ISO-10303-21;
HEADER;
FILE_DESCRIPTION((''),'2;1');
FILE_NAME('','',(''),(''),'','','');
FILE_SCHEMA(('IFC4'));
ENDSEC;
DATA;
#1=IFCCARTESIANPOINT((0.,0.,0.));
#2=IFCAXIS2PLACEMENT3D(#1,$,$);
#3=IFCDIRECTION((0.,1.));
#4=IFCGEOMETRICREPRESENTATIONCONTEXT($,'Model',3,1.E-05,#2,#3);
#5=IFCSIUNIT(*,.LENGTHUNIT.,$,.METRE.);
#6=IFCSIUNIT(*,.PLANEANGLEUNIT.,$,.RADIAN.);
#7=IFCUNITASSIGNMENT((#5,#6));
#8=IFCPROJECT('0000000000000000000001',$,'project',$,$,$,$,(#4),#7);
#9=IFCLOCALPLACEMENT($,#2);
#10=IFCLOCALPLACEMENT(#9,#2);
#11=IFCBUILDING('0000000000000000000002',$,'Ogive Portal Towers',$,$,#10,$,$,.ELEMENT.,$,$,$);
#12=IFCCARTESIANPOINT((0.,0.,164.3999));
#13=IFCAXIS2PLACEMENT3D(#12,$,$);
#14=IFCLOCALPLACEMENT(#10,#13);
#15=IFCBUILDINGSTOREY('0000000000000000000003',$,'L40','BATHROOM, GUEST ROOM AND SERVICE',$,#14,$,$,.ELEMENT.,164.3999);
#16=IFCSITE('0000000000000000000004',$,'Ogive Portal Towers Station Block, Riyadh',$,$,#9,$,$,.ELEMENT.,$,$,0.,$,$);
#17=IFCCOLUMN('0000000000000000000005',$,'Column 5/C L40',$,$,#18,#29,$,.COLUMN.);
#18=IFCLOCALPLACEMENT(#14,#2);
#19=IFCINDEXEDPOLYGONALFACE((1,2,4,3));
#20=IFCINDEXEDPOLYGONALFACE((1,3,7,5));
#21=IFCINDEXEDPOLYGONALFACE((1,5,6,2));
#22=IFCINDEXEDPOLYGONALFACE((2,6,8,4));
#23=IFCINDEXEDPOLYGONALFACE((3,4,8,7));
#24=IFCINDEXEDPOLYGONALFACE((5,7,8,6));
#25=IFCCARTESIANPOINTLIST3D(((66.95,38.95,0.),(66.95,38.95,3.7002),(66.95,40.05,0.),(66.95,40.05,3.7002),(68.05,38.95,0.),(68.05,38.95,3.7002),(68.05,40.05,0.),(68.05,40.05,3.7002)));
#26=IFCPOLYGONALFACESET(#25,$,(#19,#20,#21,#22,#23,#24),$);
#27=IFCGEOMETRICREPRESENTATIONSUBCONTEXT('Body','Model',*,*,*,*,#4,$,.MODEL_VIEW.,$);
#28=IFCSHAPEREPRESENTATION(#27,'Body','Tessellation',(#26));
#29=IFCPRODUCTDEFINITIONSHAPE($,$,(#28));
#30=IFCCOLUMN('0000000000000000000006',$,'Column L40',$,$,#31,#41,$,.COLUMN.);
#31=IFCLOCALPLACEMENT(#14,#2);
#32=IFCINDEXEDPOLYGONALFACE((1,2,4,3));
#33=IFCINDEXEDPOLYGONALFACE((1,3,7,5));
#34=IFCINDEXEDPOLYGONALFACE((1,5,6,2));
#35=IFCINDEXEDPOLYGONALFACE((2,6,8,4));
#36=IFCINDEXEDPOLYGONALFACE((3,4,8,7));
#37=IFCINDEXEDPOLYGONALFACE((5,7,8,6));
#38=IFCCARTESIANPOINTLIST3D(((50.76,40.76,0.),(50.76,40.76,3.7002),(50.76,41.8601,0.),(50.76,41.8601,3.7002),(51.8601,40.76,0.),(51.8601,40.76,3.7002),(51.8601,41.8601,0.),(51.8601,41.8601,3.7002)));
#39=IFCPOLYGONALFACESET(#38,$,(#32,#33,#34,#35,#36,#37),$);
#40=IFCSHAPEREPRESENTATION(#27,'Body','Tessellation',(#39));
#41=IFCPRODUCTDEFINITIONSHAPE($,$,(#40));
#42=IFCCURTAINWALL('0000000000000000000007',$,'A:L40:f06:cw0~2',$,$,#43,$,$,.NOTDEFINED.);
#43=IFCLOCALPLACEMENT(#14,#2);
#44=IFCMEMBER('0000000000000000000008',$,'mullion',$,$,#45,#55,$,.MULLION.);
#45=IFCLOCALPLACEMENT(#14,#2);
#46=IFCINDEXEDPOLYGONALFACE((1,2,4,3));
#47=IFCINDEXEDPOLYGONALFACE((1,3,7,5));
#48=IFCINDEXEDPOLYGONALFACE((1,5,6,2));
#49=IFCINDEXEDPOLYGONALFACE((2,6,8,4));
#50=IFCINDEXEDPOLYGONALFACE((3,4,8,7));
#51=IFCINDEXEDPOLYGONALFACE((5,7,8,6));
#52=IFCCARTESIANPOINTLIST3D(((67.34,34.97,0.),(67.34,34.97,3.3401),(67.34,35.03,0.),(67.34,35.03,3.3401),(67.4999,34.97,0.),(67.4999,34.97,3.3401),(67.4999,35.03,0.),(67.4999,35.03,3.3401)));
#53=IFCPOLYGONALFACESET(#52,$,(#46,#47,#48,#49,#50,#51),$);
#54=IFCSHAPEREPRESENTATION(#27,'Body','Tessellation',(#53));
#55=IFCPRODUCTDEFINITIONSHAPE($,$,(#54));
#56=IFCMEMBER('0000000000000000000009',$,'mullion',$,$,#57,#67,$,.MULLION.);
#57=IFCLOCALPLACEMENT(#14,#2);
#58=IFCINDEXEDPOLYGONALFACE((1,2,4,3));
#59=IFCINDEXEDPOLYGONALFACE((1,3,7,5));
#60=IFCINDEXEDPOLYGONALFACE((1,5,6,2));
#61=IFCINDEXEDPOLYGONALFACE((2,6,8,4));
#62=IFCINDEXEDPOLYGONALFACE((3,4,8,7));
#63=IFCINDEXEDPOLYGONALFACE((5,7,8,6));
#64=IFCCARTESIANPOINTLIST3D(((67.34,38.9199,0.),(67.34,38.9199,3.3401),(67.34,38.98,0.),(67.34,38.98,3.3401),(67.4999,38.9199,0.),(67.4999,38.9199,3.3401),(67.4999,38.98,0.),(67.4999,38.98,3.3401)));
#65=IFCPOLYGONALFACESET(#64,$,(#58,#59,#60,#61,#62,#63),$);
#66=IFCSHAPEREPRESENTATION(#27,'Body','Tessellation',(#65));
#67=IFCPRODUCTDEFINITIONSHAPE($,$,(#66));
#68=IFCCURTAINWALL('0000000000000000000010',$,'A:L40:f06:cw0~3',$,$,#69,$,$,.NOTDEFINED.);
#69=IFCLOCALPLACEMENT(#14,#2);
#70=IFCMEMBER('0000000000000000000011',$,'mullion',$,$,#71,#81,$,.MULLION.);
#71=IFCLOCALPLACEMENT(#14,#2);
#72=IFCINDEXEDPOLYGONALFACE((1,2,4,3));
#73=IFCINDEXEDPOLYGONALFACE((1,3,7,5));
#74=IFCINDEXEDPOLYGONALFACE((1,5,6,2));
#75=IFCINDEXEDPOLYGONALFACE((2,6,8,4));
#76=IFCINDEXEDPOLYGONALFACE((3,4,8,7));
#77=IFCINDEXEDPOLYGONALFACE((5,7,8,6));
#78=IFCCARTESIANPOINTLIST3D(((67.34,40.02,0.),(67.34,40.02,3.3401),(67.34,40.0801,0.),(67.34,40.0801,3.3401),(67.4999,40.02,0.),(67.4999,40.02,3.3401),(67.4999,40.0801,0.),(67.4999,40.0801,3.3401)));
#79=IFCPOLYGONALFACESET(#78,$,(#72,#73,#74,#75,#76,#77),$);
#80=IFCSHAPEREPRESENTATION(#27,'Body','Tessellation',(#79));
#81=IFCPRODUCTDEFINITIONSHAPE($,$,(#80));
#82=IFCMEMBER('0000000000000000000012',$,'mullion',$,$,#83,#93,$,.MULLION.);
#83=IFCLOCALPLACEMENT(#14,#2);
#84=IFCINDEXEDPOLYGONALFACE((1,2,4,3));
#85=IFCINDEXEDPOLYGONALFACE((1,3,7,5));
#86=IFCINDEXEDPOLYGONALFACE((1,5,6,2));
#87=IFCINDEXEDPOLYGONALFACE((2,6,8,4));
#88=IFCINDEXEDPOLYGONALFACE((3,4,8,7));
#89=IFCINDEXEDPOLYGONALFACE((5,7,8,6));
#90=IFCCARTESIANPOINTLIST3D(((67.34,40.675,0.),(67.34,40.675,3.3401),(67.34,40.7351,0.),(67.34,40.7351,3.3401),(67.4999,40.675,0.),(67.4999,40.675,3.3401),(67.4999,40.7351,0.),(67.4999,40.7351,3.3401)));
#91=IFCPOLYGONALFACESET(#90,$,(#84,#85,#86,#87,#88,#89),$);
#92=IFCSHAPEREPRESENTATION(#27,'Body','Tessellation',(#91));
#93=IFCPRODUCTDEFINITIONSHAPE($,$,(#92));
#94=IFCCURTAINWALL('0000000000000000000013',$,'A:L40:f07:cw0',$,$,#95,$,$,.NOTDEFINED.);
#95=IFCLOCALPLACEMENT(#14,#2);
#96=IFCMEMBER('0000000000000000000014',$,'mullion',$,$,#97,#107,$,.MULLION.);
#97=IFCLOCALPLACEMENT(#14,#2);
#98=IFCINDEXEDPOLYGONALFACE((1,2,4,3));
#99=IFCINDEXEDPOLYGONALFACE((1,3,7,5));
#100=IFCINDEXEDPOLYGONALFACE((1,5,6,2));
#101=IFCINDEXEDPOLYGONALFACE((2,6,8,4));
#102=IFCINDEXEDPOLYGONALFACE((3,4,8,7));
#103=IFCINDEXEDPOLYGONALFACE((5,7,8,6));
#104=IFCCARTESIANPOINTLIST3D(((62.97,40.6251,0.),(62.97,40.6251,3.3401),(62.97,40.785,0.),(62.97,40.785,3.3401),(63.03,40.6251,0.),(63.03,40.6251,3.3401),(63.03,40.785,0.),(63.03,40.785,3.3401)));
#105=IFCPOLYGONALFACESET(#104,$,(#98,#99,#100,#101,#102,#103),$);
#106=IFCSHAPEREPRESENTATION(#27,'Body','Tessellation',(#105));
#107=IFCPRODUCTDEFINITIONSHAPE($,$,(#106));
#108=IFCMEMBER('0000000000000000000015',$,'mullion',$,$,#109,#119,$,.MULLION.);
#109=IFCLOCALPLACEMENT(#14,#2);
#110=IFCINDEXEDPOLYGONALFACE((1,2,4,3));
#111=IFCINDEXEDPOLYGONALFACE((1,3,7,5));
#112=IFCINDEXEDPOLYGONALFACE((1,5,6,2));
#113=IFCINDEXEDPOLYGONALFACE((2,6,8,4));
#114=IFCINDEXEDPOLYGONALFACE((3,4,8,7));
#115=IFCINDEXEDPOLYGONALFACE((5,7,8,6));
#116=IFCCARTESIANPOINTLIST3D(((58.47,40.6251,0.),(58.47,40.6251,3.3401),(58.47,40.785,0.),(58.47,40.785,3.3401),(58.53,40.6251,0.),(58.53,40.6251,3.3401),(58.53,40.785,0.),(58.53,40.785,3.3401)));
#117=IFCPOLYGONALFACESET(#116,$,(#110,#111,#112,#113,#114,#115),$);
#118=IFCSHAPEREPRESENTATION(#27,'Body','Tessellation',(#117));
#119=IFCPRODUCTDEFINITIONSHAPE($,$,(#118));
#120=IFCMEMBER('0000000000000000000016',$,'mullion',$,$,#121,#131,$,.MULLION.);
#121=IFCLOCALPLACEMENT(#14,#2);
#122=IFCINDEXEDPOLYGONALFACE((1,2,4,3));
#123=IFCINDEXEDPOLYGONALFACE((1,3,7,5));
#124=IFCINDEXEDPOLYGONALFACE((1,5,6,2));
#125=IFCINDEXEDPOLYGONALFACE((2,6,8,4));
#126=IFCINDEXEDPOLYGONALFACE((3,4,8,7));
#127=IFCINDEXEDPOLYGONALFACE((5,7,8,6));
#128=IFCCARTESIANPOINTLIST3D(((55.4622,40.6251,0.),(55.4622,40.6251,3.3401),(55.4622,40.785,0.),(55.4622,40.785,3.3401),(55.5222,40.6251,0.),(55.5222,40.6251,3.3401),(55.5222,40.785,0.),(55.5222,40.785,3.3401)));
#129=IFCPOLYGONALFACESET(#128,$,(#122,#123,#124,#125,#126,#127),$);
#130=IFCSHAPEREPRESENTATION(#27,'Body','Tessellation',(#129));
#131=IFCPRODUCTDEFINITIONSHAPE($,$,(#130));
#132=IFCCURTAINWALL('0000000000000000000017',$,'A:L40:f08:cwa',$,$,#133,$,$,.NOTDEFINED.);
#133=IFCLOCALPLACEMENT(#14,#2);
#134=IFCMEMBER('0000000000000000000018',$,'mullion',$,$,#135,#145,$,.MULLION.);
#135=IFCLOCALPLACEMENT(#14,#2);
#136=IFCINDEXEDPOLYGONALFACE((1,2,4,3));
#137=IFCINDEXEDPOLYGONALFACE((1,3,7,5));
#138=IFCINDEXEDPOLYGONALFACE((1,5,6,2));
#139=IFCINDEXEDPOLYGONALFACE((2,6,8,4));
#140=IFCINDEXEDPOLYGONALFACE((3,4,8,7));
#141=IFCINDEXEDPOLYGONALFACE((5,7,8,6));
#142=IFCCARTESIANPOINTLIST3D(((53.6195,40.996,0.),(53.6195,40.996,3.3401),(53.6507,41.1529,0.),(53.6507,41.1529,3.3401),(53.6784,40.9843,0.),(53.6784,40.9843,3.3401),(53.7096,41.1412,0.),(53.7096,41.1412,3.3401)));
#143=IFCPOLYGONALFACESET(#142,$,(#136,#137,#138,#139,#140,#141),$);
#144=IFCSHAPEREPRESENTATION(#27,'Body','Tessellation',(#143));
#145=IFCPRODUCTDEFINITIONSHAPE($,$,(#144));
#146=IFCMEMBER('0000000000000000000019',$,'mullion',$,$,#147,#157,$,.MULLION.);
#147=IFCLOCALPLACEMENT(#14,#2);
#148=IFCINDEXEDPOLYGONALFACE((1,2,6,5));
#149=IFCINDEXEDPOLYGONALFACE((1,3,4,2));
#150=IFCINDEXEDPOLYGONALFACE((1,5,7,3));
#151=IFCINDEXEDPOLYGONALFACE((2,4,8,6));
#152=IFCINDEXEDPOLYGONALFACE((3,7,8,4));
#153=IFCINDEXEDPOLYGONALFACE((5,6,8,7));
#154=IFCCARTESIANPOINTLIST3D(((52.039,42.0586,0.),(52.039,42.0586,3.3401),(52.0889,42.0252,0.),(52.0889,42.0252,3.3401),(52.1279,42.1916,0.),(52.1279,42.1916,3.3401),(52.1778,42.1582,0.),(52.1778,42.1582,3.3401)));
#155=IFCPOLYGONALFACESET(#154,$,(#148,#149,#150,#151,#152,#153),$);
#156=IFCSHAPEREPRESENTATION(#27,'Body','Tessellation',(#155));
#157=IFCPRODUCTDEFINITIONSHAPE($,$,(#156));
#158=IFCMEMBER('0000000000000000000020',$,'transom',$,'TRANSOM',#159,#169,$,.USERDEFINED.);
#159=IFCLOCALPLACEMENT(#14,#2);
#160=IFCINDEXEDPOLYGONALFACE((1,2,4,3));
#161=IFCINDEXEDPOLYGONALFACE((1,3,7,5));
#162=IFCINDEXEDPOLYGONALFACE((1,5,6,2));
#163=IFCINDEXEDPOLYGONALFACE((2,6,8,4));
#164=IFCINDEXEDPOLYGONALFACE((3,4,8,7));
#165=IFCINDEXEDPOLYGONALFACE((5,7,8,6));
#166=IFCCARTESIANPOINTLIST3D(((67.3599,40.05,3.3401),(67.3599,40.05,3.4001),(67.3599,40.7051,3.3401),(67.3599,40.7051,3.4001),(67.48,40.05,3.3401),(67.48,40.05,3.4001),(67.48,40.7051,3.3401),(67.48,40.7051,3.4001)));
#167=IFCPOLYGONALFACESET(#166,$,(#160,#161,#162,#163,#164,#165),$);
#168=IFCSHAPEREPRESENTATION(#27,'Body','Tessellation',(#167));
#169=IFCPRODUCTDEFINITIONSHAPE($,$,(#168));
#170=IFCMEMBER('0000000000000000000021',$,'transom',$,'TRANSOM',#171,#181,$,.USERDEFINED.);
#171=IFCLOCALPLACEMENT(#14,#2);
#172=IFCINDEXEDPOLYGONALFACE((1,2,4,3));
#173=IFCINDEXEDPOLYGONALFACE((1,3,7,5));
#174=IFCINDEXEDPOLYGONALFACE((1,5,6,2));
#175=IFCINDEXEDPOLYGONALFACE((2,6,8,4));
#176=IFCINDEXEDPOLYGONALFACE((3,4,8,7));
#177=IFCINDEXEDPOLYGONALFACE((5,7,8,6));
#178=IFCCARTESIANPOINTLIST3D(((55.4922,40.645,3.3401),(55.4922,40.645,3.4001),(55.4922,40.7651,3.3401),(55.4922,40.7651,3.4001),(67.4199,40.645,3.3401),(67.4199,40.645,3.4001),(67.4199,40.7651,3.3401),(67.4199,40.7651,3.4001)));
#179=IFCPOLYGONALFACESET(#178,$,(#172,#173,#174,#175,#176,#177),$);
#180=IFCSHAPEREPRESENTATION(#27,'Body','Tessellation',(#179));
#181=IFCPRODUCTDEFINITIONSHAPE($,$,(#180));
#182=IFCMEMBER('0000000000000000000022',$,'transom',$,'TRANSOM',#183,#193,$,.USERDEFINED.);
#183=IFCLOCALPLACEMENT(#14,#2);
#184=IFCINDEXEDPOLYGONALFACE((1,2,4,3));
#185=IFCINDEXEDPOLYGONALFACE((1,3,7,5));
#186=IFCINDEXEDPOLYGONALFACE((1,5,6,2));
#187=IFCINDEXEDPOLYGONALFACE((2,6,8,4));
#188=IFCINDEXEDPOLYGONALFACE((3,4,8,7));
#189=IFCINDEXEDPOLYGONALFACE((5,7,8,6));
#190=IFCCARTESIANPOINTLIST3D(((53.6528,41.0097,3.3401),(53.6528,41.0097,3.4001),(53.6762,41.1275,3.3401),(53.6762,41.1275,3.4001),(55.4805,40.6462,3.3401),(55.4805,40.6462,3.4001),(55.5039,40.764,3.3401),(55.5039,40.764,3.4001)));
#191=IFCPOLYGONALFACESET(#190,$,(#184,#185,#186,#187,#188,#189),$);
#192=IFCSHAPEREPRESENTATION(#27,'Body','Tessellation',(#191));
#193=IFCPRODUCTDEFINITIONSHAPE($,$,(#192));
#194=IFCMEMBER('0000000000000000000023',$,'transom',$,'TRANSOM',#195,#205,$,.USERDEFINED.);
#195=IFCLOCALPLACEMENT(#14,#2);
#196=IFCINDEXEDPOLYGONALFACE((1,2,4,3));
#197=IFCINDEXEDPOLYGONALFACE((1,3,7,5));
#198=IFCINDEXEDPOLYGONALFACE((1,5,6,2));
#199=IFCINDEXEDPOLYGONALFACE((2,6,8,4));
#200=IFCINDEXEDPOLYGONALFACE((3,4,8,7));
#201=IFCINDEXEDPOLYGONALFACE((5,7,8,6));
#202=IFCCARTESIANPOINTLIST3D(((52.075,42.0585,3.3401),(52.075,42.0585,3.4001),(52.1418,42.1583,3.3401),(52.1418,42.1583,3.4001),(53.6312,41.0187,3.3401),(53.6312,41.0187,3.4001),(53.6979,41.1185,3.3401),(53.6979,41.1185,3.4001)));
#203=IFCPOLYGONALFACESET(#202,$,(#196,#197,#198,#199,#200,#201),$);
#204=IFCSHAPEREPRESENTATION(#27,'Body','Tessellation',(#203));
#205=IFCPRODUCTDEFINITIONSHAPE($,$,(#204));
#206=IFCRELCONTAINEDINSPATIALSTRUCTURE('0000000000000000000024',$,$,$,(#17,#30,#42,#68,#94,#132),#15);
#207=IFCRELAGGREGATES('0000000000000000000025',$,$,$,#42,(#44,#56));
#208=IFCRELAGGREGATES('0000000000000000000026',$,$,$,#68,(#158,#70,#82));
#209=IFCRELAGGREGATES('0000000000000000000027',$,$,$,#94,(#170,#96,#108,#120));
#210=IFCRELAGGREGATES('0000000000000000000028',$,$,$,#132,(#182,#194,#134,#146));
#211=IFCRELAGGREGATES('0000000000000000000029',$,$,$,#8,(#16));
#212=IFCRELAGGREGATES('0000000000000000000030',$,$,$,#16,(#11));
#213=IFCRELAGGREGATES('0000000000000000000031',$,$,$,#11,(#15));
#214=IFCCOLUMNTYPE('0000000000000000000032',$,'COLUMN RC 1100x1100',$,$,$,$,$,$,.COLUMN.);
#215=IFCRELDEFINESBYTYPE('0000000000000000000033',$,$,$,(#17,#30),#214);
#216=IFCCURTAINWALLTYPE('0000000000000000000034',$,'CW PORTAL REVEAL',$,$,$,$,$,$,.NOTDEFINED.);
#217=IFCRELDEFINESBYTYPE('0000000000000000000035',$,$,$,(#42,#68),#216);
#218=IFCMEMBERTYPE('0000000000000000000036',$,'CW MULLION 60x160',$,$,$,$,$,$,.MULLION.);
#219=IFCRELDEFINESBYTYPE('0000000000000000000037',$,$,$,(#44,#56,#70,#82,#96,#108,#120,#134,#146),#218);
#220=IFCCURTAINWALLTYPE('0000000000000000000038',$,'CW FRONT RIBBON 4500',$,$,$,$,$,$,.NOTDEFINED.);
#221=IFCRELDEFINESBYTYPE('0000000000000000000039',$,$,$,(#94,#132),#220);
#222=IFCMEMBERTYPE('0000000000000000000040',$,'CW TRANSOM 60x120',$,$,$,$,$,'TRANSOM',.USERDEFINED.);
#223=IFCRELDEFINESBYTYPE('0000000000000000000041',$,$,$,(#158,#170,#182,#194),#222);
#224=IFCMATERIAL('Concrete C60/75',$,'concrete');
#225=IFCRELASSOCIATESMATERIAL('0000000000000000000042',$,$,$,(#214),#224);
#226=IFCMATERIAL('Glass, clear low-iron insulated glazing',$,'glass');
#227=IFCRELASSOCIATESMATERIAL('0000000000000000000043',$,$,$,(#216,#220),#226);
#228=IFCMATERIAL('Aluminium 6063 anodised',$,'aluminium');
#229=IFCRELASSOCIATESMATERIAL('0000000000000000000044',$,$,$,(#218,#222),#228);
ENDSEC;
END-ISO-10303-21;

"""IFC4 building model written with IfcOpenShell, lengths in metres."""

from ifc_helpers import new_model, si_unit, direction, frame, origin, origin_2d, place, context, subcontext, project, spatial, rectangle, extrude, material, material_profile, profile_set, type_object, element, aggregate, save


model = new_model("IFC4")

# Units and contexts
model_context = context("Model", 3, precision=1e-05, world=origin(), true_north=direction((0.0, 1.0)))
body_context = subcontext(model_context, "Body", "Model", "MODEL_VIEW")
ifc_project = project(units=[si_unit("LENGTHUNIT", "METRE"), si_unit("PLANEANGLEUNIT", "RADIAN")], contexts=[model_context])

# Site, building, storey
site_placement = place(None, origin())
site = spatial("IfcSite", under=ifc_project, at=site_placement, Name="Ogive Portal Towers Station Block, Riyadh", CompositionType="ELEMENT", RefElevation=0.0)
building_placement = place(site_placement, origin())
building = spatial("IfcBuilding", under=site, at=building_placement, Name="Ogive Portal Towers", CompositionType="ELEMENT")
storey_placement = place(building_placement, frame((0.0, 0.0, 164.3999)))
storey = spatial("IfcBuildingStorey", under=building, at=storey_placement, Name="L40", Description="BATHROOM, GUEST ROOM AND SERVICE", CompositionType="ELEMENT", Elevation=164.3999)

# Columns
ifc_material_1 = material(Name="Concrete C60/75", Category="concrete")
ifc_material_profile_1 = material_profile(ifc_material_1, rectangle(XDim=1.1001, YDim=1.1001, at=origin_2d()), Name="RC 1100x1100")
ifc_profile_set_1 = profile_set([ifc_material_profile_1], Name="Concrete C60/75")
column_type = type_object("IfcColumnType", Name="COLUMN RC 1100x1100", PredefinedType="COLUMN", material=ifc_profile_set_1)
for number, where, z_axis, x_axis, name in (
    (1, (67.5, 39.5, 0.0), (0.0, 0.0, 1.0), (1.0, 0.0, 0.0), "Column 5/C L40"),
    (2, (51.3101, 41.3101, 0.0), (0.0, 0.0, 1.0), (1.0, 0.0, 0.0), "Column L40"),
):
    element("IfcColumn", number, at=place(storey_placement, frame(where, z_axis=z_axis, x_axis=x_axis)), inside=storey, type_object=column_type, Name=name, PredefinedType="COLUMN", context=body_context, shape_type="SweptSolid", body=[
        extrude(rectangle(XDim=1.1001, YDim=1.1001, at=origin_2d()), origin(), (0.0, 0.0, 1.0), 3.7002),
    ])

# Curtain walls, members
ifc_material_2 = material(Name="Glass, clear low-iron insulated glazing", Category="glass")
curtain_wall_type_1 = type_object("IfcCurtainWallType", Name="CW PORTAL REVEAL", PredefinedType="NOTDEFINED", material=ifc_material_2)
curtain_wall_1_placement = place(storey_placement, origin())
curtain_wall_1 = element("IfcCurtainWall", 3, at=curtain_wall_1_placement, inside=storey, type_object=curtain_wall_type_1, Name="A:L40:f06:cw0~2", PredefinedType="NOTDEFINED")
ifc_material_3 = material(Name="Aluminium 6063 anodised", Category="aluminium")
ifc_material_profile_2 = material_profile(ifc_material_3, rectangle(XDim=0.1599, YDim=0.0601, at=origin_2d()), Name="AL 60x160")
ifc_profile_set_2 = profile_set([ifc_material_profile_2], Name="Aluminium 6063 anodised")
member_type_1 = type_object("IfcMemberType", Name="CW MULLION 60x160", PredefinedType="MULLION", material=ifc_profile_set_2)
member_1_placement = place(storey_placement, frame((67.4199, 35.0, 0.0), z_axis=(0.0, 0.0, 1.0), x_axis=(-1.0, 0.0, 0.0)))
member_1 = element("IfcMember", 4, at=member_1_placement, type_object=member_type_1, Name="mullion", PredefinedType="MULLION", context=body_context, shape_type="SweptSolid", body=[
    extrude(rectangle(XDim=0.1599, YDim=0.0601, at=origin_2d()), origin(), (0.0, 0.0, 1.0), 3.3401),
])
member_2_placement = place(storey_placement, frame((67.4199, 38.95, 0.0), z_axis=(0.0, 0.0, 1.0), x_axis=(-1.0, 0.0, 0.0)))
member_2 = element("IfcMember", 5, at=member_2_placement, type_object=member_type_1, Name="mullion", PredefinedType="MULLION", context=body_context, shape_type="SweptSolid", body=[
    extrude(rectangle(XDim=0.1599, YDim=0.0601, at=origin_2d()), origin(), (0.0, 0.0, 1.0), 3.3401),
])
curtain_wall_2_placement = place(storey_placement, origin())
curtain_wall_2 = element("IfcCurtainWall", 6, at=curtain_wall_2_placement, inside=storey, type_object=curtain_wall_type_1, Name="A:L40:f06:cw0~3", PredefinedType="NOTDEFINED")
member_3_placement = place(storey_placement, frame((67.4199, 40.05, 0.0), z_axis=(0.0, 0.0, 1.0), x_axis=(-1.0, 0.0, 0.0)))
member_3 = element("IfcMember", 7, at=member_3_placement, type_object=member_type_1, Name="mullion", PredefinedType="MULLION", context=body_context, shape_type="SweptSolid", body=[
    extrude(rectangle(XDim=0.1599, YDim=0.0601, at=origin_2d()), origin(), (0.0, 0.0, 1.0), 3.3401),
])
member_4_placement = place(storey_placement, frame((67.4199, 40.7051, 0.0), z_axis=(0.0, 0.0, 1.0), x_axis=(-1.0, 0.0, 0.0)))
member_4 = element("IfcMember", 8, at=member_4_placement, type_object=member_type_1, Name="mullion", PredefinedType="MULLION", context=body_context, shape_type="SweptSolid", body=[
    extrude(rectangle(XDim=0.1599, YDim=0.0601, at=origin_2d()), origin(), (0.0, 0.0, 1.0), 3.3401),
])
curtain_wall_type_2 = type_object("IfcCurtainWallType", Name="CW FRONT RIBBON 4500", PredefinedType="NOTDEFINED", material=ifc_material_2)
curtain_wall_3_placement = place(storey_placement, origin())
curtain_wall_3 = element("IfcCurtainWall", 9, at=curtain_wall_3_placement, inside=storey, type_object=curtain_wall_type_2, Name="A:L40:f07:cw0", PredefinedType="NOTDEFINED")
member_5_placement = place(storey_placement, frame((63.0, 40.7051, 0.0), z_axis=(0.0, 0.0, 1.0), x_axis=(0.0, -1.0, 0.0)))
member_5 = element("IfcMember", 10, at=member_5_placement, type_object=member_type_1, Name="mullion", PredefinedType="MULLION", context=body_context, shape_type="SweptSolid", body=[
    extrude(rectangle(XDim=0.1599, YDim=0.0601, at=origin_2d()), origin(), (0.0, 0.0, 1.0), 3.3401),
])
member_6_placement = place(storey_placement, frame((58.5, 40.7051, 0.0), z_axis=(0.0, 0.0, 1.0), x_axis=(0.0, -1.0, 0.0)))
member_6 = element("IfcMember", 11, at=member_6_placement, type_object=member_type_1, Name="mullion", PredefinedType="MULLION", context=body_context, shape_type="SweptSolid", body=[
    extrude(rectangle(XDim=0.1599, YDim=0.0601, at=origin_2d()), origin(), (0.0, 0.0, 1.0), 3.3401),
])
member_7_placement = place(storey_placement, frame((55.4922, 40.7051, 0.0), z_axis=(0.0, 0.0, 1.0), x_axis=(0.0, -1.0, 0.0)))
member_7 = element("IfcMember", 12, at=member_7_placement, type_object=member_type_1, Name="mullion", PredefinedType="MULLION", context=body_context, shape_type="SweptSolid", body=[
    extrude(rectangle(XDim=0.1599, YDim=0.0601, at=origin_2d()), origin(), (0.0, 0.0, 1.0), 3.3401),
])
curtain_wall_4_placement = place(storey_placement, origin())
curtain_wall_4 = element("IfcCurtainWall", 13, at=curtain_wall_4_placement, inside=storey, type_object=curtain_wall_type_2, Name="A:L40:f08:cwa", PredefinedType="NOTDEFINED")
member_8_placement = place(storey_placement, frame((53.6646, 41.0686, 0.0), z_axis=(0.0, 0.0, 1.0), x_axis=(-0.19509, -0.980785, 0.0)))
member_8 = element("IfcMember", 14, at=member_8_placement, type_object=member_type_1, Name="mullion", PredefinedType="MULLION", context=body_context, shape_type="SweptSolid", body=[
    extrude(rectangle(XDim=0.1599, YDim=0.0601, at=origin_2d()), origin(), (0.0, 0.0, 1.0), 3.3401),
])
member_9_placement = place(storey_placement, frame((52.1084, 42.1084, 0.0), z_axis=(0.0, 0.0, 1.0), x_axis=(-0.55557, -0.83147, 0.0)))
member_9 = element("IfcMember", 15, at=member_9_placement, type_object=member_type_1, Name="mullion", PredefinedType="MULLION", context=body_context, shape_type="SweptSolid", body=[
    extrude(rectangle(XDim=0.1599, YDim=0.0601, at=origin_2d()), origin(), (0.0, 0.0, 1.0), 3.3401),
])

# Members
ifc_material_profile_3 = material_profile(ifc_material_3, rectangle(XDim=0.1201, YDim=0.0601, at=origin_2d()), Name="AL 120x60")
ifc_profile_set_3 = profile_set([ifc_material_profile_3], Name="Aluminium 6063 anodised")
member_type_2 = type_object("IfcMemberType", Name="CW TRANSOM 60x120", ElementType="TRANSOM", PredefinedType="USERDEFINED", material=ifc_profile_set_3)
member_10_placement = place(storey_placement, frame((67.4199, 40.05, 3.3701), z_axis=(0.0, 1.0, 0.0), x_axis=(-1.0, 0.0, 0.0)))
member_10 = element("IfcMember", 16, at=member_10_placement, type_object=member_type_2, Name="transom", ObjectType="TRANSOM", PredefinedType="USERDEFINED", context=body_context, shape_type="SweptSolid", body=[
    extrude(rectangle(XDim=0.1201, YDim=0.0601, at=origin_2d()), origin(), (0.0, 0.0, 1.0), 0.655),
])
member_11_placement = place(storey_placement, frame((67.4199, 40.7051, 3.3701), z_axis=(-1.0, 0.0, 0.0), x_axis=(0.0, -1.0, 0.0)))
member_11 = element("IfcMember", 17, at=member_11_placement, type_object=member_type_2, Name="transom", ObjectType="TRANSOM", PredefinedType="USERDEFINED", context=body_context, shape_type="SweptSolid", body=[
    extrude(rectangle(XDim=0.1201, YDim=0.0601, at=origin_2d()), origin(), (0.0, 0.0, 1.0), 11.9277),
])
member_12_placement = place(storey_placement, frame((55.4922, 40.7051, 3.3701), z_axis=(-0.980787, 0.195083, 0.0), x_axis=(-0.195083, -0.980787, 0.0)))
member_12 = element("IfcMember", 18, at=member_12_placement, type_object=member_type_2, Name="transom", ObjectType="TRANSOM", PredefinedType="USERDEFINED", context=body_context, shape_type="SweptSolid", body=[
    extrude(rectangle(XDim=0.1201, YDim=0.0601, at=origin_2d()), origin(), (0.0, 0.0, 1.0), 1.8635),
])
member_13_placement = place(storey_placement, frame((53.6646, 41.0686, 3.3701), z_axis=(-0.831468, 0.555573, 0.0), x_axis=(-0.555573, -0.831468, 0.0)))
member_13 = element("IfcMember", 19, at=member_13_placement, type_object=member_type_2, Name="transom", ObjectType="TRANSOM", PredefinedType="USERDEFINED", context=body_context, shape_type="SweptSolid", body=[
    extrude(rectangle(XDim=0.1201, YDim=0.0601, at=origin_2d()), origin(), (0.0, 0.0, 1.0), 1.8716),
])

aggregate(curtain_wall_1, [member_1, member_2])
aggregate(curtain_wall_2, [member_10, member_3, member_4])
aggregate(curtain_wall_3, [member_11, member_5, member_6, member_7])
aggregate(curtain_wall_4, [member_12, member_13, member_8, member_9])

save(model, "model.ifc")
